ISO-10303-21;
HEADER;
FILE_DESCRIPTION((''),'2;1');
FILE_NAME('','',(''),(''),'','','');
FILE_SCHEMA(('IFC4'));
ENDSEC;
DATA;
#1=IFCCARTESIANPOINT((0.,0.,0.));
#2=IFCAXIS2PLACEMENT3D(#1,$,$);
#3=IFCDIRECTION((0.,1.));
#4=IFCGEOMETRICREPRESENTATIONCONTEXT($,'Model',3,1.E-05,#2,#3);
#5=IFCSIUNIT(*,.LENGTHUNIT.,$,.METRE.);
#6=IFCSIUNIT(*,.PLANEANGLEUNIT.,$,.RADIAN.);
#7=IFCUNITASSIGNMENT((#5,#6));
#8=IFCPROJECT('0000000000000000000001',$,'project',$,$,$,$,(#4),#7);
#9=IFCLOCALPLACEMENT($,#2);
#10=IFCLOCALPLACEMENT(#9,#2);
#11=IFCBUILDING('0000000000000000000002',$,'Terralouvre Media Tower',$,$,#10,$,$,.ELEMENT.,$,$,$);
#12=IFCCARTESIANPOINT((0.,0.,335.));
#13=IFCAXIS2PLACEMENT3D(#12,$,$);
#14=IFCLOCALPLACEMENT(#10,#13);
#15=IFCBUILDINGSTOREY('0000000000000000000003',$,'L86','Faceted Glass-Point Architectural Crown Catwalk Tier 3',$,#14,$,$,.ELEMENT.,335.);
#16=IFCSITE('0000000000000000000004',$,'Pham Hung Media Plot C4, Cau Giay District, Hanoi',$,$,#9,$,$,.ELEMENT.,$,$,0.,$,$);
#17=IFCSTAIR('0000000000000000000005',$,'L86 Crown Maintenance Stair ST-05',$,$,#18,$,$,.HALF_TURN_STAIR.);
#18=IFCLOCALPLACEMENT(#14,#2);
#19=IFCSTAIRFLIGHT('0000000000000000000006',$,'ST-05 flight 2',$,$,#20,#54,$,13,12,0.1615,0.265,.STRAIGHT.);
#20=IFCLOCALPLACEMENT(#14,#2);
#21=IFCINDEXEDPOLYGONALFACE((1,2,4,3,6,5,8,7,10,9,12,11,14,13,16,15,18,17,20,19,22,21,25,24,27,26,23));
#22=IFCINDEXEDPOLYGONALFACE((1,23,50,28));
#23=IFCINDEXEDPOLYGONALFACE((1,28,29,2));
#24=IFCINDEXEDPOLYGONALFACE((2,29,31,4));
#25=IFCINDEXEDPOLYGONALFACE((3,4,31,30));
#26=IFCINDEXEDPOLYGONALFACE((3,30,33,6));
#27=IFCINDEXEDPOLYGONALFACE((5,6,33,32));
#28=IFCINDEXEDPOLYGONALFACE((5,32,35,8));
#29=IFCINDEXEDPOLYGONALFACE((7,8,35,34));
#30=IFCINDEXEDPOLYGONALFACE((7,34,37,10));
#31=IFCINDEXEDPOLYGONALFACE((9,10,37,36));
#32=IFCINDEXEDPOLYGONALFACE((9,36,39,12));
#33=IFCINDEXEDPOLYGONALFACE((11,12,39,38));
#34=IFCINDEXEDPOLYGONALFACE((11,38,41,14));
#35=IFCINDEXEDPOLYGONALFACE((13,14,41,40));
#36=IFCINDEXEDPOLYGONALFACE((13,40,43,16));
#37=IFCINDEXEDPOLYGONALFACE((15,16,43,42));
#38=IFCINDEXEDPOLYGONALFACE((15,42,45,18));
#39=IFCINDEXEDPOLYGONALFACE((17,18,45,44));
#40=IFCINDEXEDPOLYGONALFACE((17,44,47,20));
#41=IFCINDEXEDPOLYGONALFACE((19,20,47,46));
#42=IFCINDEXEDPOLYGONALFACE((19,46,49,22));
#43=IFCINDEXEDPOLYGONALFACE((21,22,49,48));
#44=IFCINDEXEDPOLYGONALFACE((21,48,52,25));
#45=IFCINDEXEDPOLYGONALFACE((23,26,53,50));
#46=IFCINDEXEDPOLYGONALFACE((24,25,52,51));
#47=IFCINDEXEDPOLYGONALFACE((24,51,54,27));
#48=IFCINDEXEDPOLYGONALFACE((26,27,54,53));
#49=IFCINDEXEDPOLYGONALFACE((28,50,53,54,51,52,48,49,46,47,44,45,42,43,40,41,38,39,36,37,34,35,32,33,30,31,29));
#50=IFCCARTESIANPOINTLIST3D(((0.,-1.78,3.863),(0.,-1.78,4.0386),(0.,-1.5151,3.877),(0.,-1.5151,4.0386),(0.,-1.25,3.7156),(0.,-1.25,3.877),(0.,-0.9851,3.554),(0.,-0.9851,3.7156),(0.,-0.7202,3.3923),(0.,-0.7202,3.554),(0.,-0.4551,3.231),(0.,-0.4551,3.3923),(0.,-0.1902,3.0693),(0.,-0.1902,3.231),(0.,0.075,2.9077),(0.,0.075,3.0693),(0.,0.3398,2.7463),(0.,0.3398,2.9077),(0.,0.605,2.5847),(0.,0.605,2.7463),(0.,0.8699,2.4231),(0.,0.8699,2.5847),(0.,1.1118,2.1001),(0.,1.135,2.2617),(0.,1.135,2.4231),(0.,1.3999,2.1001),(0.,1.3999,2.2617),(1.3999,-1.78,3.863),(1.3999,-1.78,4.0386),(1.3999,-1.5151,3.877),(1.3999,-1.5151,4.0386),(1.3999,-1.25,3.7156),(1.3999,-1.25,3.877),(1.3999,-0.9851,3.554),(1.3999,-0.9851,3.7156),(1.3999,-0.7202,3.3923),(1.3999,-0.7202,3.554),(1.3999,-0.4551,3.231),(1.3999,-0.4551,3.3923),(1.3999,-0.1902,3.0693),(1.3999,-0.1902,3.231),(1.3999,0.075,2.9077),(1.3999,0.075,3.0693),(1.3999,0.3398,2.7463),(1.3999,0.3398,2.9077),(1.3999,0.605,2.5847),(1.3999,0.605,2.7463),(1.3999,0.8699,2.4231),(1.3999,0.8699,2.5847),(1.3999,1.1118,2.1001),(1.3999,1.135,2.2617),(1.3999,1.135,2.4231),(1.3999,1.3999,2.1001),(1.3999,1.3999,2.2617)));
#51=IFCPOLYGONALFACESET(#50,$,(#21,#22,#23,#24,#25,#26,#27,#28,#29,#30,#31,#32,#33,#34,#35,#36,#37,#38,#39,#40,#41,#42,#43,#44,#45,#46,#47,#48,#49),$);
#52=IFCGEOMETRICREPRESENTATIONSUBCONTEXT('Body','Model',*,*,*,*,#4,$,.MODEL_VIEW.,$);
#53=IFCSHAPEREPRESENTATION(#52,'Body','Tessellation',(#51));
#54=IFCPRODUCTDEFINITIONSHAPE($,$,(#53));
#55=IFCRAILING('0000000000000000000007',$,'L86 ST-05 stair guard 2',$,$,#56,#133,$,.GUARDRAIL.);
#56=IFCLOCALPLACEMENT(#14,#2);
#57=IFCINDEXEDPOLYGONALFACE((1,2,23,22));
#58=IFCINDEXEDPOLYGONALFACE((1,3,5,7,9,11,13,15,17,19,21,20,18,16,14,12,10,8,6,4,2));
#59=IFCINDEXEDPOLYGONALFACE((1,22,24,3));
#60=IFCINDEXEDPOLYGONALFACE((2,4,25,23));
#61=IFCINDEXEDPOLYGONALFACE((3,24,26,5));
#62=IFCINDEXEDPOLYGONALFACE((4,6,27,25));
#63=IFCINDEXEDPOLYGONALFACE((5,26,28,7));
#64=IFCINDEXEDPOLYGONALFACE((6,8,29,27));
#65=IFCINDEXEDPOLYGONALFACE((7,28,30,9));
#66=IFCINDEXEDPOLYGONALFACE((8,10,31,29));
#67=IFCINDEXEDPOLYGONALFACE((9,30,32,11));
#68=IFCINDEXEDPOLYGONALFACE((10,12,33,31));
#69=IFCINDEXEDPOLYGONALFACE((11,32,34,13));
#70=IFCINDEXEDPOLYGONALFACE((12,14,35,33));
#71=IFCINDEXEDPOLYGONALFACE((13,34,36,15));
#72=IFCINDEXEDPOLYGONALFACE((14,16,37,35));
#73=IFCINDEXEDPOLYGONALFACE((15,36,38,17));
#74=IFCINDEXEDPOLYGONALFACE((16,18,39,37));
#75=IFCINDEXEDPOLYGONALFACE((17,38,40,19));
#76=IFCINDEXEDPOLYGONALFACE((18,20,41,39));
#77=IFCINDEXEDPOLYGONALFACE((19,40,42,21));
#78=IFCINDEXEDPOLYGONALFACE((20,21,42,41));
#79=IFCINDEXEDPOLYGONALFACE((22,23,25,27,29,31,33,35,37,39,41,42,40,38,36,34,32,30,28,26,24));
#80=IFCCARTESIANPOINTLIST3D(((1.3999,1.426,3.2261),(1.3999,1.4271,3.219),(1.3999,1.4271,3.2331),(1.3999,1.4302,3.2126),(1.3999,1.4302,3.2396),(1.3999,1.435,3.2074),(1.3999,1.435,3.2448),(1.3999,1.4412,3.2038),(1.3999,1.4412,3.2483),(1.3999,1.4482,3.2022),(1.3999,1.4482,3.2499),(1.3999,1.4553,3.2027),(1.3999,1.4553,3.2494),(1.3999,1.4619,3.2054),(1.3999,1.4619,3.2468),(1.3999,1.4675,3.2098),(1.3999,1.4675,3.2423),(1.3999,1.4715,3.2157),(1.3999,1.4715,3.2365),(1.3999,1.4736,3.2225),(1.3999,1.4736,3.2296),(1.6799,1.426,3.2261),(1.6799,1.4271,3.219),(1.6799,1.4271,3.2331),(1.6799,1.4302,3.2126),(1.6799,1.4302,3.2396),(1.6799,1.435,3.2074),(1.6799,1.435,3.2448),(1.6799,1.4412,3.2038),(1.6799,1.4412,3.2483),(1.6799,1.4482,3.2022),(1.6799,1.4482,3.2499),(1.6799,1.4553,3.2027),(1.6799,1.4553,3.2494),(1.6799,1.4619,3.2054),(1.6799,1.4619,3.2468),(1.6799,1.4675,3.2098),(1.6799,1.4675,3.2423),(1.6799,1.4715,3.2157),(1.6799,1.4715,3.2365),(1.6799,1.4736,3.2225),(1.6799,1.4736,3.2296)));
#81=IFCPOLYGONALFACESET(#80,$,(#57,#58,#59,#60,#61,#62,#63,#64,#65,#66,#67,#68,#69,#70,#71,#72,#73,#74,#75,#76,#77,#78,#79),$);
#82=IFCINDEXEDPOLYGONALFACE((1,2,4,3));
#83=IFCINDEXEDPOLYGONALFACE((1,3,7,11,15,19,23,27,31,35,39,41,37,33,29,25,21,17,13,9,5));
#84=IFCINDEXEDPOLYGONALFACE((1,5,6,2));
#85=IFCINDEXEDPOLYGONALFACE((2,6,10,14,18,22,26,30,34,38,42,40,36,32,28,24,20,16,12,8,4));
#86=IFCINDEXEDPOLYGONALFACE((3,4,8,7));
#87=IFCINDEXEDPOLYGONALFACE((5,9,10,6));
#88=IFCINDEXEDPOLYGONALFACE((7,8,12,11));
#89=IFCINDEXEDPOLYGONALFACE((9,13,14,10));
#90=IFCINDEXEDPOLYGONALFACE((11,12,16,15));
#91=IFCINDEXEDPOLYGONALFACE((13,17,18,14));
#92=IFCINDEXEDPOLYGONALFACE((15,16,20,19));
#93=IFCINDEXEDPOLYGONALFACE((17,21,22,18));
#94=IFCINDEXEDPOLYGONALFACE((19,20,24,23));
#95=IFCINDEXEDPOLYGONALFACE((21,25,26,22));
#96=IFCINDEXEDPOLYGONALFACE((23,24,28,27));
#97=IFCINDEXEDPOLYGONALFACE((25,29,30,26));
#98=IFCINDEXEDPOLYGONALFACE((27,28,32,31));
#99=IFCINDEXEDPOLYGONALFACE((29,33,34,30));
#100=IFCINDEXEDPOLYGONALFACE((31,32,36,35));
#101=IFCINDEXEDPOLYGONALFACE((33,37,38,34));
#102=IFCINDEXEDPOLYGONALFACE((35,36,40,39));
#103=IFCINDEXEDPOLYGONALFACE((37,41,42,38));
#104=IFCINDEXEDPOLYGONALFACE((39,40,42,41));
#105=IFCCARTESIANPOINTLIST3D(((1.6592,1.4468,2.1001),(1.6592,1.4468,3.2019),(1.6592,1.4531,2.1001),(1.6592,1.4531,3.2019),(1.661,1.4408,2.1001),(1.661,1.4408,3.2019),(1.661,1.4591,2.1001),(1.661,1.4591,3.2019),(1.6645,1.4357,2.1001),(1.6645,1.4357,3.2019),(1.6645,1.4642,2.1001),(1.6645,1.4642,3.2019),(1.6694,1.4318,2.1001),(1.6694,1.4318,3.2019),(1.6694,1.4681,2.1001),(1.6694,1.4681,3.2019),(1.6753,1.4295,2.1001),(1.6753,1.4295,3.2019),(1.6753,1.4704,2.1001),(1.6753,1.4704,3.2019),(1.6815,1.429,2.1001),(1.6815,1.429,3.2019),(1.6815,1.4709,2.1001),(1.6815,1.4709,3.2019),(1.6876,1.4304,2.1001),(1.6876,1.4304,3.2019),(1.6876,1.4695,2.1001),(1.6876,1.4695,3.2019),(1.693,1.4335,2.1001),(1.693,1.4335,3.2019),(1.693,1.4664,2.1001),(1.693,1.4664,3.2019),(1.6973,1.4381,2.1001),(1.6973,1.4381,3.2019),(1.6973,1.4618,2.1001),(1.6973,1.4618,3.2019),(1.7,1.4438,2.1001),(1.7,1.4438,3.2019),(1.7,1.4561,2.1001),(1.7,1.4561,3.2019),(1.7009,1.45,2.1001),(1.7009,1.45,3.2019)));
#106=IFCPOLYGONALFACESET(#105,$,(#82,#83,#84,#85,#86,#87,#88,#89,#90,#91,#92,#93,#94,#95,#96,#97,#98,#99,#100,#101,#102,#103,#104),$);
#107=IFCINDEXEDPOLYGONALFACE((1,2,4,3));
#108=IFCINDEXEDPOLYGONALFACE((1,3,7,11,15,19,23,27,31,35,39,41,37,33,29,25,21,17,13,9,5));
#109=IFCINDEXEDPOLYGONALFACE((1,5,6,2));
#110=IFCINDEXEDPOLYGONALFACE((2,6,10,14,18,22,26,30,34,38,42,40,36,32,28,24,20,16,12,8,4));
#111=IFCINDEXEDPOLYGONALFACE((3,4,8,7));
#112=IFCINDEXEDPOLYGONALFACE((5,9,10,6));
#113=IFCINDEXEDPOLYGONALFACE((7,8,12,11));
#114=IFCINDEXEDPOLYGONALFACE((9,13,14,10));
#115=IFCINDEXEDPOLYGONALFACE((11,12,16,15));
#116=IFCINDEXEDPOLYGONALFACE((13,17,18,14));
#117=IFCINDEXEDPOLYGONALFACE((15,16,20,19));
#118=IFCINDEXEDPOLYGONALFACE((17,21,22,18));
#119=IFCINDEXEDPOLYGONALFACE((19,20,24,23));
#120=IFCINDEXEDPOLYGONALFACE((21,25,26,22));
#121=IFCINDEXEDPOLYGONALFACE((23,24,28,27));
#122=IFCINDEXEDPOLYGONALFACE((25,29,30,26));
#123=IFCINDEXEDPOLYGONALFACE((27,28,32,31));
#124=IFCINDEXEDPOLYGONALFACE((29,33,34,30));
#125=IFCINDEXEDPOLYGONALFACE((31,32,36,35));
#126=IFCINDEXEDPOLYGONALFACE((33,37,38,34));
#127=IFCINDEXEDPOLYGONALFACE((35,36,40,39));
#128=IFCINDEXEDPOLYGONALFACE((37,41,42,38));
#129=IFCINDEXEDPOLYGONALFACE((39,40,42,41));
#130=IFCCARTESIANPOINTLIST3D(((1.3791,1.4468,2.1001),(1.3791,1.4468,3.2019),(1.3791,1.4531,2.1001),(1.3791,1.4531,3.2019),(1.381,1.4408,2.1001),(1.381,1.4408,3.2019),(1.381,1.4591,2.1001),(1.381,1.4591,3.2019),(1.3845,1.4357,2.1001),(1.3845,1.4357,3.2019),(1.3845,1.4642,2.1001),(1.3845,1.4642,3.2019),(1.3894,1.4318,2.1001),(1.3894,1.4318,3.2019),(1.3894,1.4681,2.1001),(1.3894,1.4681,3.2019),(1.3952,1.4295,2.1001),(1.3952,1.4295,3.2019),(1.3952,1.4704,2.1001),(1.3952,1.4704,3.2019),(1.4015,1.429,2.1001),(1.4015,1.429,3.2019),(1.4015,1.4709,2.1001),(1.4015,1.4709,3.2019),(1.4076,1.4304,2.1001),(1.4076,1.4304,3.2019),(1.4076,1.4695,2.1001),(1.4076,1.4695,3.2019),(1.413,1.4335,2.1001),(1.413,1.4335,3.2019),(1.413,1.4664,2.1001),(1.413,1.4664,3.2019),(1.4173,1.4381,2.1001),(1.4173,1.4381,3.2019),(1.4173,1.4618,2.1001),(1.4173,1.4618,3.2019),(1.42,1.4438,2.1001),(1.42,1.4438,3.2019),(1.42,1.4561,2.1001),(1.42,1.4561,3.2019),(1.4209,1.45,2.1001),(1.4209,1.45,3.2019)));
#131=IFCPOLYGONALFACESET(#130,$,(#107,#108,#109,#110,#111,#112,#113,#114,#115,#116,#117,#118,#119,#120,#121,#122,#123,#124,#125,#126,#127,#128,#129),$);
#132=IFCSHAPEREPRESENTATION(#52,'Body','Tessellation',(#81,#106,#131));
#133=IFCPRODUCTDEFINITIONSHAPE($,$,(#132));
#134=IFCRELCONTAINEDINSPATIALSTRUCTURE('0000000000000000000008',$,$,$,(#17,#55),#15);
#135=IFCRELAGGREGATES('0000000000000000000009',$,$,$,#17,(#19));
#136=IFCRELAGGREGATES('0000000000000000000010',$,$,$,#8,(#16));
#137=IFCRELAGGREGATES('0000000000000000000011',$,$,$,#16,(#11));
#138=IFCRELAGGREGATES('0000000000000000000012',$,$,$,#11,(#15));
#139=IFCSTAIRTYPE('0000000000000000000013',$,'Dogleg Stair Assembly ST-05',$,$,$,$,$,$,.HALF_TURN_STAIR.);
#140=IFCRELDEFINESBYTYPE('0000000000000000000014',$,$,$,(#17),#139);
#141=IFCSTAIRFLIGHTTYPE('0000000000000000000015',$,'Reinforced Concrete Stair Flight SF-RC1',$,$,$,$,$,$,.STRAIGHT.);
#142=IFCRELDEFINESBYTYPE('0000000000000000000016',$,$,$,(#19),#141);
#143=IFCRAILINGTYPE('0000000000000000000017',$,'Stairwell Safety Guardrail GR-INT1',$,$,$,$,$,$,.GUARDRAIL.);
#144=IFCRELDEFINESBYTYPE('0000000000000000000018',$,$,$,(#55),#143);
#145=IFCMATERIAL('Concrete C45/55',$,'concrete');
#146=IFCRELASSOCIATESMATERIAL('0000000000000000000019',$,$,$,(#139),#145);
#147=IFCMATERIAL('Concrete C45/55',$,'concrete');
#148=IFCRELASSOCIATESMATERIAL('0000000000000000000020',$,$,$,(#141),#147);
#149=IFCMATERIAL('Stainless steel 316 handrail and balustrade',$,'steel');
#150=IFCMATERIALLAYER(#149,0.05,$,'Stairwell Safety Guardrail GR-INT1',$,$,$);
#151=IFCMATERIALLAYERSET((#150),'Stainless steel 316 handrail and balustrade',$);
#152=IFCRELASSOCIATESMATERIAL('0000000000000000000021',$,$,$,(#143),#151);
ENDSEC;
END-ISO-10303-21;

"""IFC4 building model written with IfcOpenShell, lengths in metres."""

from ifc_helpers import new_model, si_unit, direction, frame, origin, origin_2d, place, context, subcontext, project, spatial, polyline, circle, outline, extrude, material, layer, layer_set, type_object, element, aggregate, save


model = new_model("IFC4")

# Units and contexts
model_context = context("Model", 3, precision=1e-05, world=origin(), true_north=direction((0.0, 1.0)))
body_context = subcontext(model_context, "Body", "Model", "MODEL_VIEW")
ifc_project = project(units=[si_unit("LENGTHUNIT", "METRE"), si_unit("PLANEANGLEUNIT", "RADIAN")], contexts=[model_context])

# Site, building, storey
site_placement = place(None, origin())
site = spatial("IfcSite", under=ifc_project, at=site_placement, Name="Pham Hung Media Plot C4, Cau Giay District, Hanoi", CompositionType="ELEMENT", RefElevation=0.0)
building_placement = place(site_placement, origin())
building = spatial("IfcBuilding", under=site, at=building_placement, Name="Terralouvre Media Tower", CompositionType="ELEMENT")
storey_placement = place(building_placement, frame((0.0, 0.0, 335.0)))
storey = spatial("IfcBuildingStorey", under=building, at=storey_placement, Name="L86", Description="Faceted Glass-Point Architectural Crown Catwalk Tier 3", CompositionType="ELEMENT", Elevation=335.0)

# Stair, stair flight
ifc_material_1 = material(Name="Concrete C45/55", Category="concrete")
stair_type = type_object("IfcStairType", Name="Dogleg Stair Assembly ST-05", PredefinedType="HALF_TURN_STAIR", material=ifc_material_1)
stair_placement = place(storey_placement, origin())
stair = element("IfcStair", 1, at=stair_placement, inside=storey, type_object=stair_type, Name="L86 Crown Maintenance Stair ST-05", PredefinedType="HALF_TURN_STAIR")
ifc_material_2 = material(Name="Concrete C45/55", Category="concrete")
stair_flight_type = type_object("IfcStairFlightType", Name="Reinforced Concrete Stair Flight SF-RC1", PredefinedType="STRAIGHT", material=ifc_material_2)
stair_flight_placement = place(storey_placement, frame((0.7, 1.3999, 2.1001), z_axis=(0.0, 0.0, 1.0), x_axis=(0.0, -1.0, 0.0)))
stair_flight = element("IfcStairFlight", 2, at=stair_flight_placement, type_object=stair_flight_type, Name="ST-05 flight 2", NumberOfRisers=13, NumberOfTreads=12, PredefinedType="STRAIGHT", RiserHeight=0.1615, TreadLength=0.265, context=body_context, shape_type="SweptSolid", body=[
    extrude(outline(polyline([(0.0, 0.0), (0.0, 0.1616), (0.2649, 0.1616), (0.2649, 0.323), (0.53, 0.323), (0.53, 0.4846), (0.7949, 0.4846), (0.7949, 0.6462), (1.0601, 0.6462), (1.0601, 0.8076), (1.325, 0.8076), (1.325, 0.9692), (1.5901, 0.9692), (1.5901, 1.1309), (1.855, 1.1309), (1.855, 1.2922), (2.1201, 1.2922), (2.1201, 1.4539), (2.385, 1.4539), (2.385, 1.6155), (2.6499, 1.6155), (2.6499, 1.7769), (2.915, 1.7769), (2.915, 1.9385), (3.1799, 1.9385), (3.1799, 2.1001), (3.1799, 1.7629), (0.2881, 0.0), (0.0, 0.0)])), frame((0.0, 0.7, 0.0), z_axis=(0.0, -1.0, 0.0), x_axis=(1.0, 0.0, 0.0)), (0.0, 0.0, 1.0), 1.3999),
])
aggregate(stair, [stair_flight])

# Railing
ifc_material_3 = material(Name="Stainless steel 316 handrail and balustrade", Category="steel")
ifc_layer_1 = layer(ifc_material_3, 0.05, Name="Stairwell Safety Guardrail GR-INT1")
ifc_layer_set_1 = layer_set([ifc_layer_1], Name="Stainless steel 316 handrail and balustrade")
railing_type = type_object("IfcRailingType", Name="Stairwell Safety Guardrail GR-INT1", PredefinedType="GUARDRAIL", material=ifc_layer_set_1)
railing_1_placement = place(storey_placement, frame((1.6799, 1.45, 2.1001)))
element("IfcRailing", 3, at=railing_1_placement, inside=storey, type_object=railing_type, Name="L86 ST-05 stair guard 2", PredefinedType="GUARDRAIL", context=body_context, shape_type="SweptSolid", body=[
    extrude(circle(Radius=0.0239, at=origin_2d()), frame((0.0, 0.0, 1.126), z_axis=(-1.0, 0.0, 0.0), x_axis=(0.0, -1.0, 0.0)), (0.0, 0.0, 1.0), 0.28),
    extrude(circle(Radius=0.021, at=origin_2d()), origin(), (0.0, 0.0, 1.0), 1.1018),
    extrude(circle(Radius=0.021, at=origin_2d()), frame((-0.28, 0.0, 0.0)), (0.0, 0.0, 1.0), 1.1018),
])

save(model, "model.ifc")
